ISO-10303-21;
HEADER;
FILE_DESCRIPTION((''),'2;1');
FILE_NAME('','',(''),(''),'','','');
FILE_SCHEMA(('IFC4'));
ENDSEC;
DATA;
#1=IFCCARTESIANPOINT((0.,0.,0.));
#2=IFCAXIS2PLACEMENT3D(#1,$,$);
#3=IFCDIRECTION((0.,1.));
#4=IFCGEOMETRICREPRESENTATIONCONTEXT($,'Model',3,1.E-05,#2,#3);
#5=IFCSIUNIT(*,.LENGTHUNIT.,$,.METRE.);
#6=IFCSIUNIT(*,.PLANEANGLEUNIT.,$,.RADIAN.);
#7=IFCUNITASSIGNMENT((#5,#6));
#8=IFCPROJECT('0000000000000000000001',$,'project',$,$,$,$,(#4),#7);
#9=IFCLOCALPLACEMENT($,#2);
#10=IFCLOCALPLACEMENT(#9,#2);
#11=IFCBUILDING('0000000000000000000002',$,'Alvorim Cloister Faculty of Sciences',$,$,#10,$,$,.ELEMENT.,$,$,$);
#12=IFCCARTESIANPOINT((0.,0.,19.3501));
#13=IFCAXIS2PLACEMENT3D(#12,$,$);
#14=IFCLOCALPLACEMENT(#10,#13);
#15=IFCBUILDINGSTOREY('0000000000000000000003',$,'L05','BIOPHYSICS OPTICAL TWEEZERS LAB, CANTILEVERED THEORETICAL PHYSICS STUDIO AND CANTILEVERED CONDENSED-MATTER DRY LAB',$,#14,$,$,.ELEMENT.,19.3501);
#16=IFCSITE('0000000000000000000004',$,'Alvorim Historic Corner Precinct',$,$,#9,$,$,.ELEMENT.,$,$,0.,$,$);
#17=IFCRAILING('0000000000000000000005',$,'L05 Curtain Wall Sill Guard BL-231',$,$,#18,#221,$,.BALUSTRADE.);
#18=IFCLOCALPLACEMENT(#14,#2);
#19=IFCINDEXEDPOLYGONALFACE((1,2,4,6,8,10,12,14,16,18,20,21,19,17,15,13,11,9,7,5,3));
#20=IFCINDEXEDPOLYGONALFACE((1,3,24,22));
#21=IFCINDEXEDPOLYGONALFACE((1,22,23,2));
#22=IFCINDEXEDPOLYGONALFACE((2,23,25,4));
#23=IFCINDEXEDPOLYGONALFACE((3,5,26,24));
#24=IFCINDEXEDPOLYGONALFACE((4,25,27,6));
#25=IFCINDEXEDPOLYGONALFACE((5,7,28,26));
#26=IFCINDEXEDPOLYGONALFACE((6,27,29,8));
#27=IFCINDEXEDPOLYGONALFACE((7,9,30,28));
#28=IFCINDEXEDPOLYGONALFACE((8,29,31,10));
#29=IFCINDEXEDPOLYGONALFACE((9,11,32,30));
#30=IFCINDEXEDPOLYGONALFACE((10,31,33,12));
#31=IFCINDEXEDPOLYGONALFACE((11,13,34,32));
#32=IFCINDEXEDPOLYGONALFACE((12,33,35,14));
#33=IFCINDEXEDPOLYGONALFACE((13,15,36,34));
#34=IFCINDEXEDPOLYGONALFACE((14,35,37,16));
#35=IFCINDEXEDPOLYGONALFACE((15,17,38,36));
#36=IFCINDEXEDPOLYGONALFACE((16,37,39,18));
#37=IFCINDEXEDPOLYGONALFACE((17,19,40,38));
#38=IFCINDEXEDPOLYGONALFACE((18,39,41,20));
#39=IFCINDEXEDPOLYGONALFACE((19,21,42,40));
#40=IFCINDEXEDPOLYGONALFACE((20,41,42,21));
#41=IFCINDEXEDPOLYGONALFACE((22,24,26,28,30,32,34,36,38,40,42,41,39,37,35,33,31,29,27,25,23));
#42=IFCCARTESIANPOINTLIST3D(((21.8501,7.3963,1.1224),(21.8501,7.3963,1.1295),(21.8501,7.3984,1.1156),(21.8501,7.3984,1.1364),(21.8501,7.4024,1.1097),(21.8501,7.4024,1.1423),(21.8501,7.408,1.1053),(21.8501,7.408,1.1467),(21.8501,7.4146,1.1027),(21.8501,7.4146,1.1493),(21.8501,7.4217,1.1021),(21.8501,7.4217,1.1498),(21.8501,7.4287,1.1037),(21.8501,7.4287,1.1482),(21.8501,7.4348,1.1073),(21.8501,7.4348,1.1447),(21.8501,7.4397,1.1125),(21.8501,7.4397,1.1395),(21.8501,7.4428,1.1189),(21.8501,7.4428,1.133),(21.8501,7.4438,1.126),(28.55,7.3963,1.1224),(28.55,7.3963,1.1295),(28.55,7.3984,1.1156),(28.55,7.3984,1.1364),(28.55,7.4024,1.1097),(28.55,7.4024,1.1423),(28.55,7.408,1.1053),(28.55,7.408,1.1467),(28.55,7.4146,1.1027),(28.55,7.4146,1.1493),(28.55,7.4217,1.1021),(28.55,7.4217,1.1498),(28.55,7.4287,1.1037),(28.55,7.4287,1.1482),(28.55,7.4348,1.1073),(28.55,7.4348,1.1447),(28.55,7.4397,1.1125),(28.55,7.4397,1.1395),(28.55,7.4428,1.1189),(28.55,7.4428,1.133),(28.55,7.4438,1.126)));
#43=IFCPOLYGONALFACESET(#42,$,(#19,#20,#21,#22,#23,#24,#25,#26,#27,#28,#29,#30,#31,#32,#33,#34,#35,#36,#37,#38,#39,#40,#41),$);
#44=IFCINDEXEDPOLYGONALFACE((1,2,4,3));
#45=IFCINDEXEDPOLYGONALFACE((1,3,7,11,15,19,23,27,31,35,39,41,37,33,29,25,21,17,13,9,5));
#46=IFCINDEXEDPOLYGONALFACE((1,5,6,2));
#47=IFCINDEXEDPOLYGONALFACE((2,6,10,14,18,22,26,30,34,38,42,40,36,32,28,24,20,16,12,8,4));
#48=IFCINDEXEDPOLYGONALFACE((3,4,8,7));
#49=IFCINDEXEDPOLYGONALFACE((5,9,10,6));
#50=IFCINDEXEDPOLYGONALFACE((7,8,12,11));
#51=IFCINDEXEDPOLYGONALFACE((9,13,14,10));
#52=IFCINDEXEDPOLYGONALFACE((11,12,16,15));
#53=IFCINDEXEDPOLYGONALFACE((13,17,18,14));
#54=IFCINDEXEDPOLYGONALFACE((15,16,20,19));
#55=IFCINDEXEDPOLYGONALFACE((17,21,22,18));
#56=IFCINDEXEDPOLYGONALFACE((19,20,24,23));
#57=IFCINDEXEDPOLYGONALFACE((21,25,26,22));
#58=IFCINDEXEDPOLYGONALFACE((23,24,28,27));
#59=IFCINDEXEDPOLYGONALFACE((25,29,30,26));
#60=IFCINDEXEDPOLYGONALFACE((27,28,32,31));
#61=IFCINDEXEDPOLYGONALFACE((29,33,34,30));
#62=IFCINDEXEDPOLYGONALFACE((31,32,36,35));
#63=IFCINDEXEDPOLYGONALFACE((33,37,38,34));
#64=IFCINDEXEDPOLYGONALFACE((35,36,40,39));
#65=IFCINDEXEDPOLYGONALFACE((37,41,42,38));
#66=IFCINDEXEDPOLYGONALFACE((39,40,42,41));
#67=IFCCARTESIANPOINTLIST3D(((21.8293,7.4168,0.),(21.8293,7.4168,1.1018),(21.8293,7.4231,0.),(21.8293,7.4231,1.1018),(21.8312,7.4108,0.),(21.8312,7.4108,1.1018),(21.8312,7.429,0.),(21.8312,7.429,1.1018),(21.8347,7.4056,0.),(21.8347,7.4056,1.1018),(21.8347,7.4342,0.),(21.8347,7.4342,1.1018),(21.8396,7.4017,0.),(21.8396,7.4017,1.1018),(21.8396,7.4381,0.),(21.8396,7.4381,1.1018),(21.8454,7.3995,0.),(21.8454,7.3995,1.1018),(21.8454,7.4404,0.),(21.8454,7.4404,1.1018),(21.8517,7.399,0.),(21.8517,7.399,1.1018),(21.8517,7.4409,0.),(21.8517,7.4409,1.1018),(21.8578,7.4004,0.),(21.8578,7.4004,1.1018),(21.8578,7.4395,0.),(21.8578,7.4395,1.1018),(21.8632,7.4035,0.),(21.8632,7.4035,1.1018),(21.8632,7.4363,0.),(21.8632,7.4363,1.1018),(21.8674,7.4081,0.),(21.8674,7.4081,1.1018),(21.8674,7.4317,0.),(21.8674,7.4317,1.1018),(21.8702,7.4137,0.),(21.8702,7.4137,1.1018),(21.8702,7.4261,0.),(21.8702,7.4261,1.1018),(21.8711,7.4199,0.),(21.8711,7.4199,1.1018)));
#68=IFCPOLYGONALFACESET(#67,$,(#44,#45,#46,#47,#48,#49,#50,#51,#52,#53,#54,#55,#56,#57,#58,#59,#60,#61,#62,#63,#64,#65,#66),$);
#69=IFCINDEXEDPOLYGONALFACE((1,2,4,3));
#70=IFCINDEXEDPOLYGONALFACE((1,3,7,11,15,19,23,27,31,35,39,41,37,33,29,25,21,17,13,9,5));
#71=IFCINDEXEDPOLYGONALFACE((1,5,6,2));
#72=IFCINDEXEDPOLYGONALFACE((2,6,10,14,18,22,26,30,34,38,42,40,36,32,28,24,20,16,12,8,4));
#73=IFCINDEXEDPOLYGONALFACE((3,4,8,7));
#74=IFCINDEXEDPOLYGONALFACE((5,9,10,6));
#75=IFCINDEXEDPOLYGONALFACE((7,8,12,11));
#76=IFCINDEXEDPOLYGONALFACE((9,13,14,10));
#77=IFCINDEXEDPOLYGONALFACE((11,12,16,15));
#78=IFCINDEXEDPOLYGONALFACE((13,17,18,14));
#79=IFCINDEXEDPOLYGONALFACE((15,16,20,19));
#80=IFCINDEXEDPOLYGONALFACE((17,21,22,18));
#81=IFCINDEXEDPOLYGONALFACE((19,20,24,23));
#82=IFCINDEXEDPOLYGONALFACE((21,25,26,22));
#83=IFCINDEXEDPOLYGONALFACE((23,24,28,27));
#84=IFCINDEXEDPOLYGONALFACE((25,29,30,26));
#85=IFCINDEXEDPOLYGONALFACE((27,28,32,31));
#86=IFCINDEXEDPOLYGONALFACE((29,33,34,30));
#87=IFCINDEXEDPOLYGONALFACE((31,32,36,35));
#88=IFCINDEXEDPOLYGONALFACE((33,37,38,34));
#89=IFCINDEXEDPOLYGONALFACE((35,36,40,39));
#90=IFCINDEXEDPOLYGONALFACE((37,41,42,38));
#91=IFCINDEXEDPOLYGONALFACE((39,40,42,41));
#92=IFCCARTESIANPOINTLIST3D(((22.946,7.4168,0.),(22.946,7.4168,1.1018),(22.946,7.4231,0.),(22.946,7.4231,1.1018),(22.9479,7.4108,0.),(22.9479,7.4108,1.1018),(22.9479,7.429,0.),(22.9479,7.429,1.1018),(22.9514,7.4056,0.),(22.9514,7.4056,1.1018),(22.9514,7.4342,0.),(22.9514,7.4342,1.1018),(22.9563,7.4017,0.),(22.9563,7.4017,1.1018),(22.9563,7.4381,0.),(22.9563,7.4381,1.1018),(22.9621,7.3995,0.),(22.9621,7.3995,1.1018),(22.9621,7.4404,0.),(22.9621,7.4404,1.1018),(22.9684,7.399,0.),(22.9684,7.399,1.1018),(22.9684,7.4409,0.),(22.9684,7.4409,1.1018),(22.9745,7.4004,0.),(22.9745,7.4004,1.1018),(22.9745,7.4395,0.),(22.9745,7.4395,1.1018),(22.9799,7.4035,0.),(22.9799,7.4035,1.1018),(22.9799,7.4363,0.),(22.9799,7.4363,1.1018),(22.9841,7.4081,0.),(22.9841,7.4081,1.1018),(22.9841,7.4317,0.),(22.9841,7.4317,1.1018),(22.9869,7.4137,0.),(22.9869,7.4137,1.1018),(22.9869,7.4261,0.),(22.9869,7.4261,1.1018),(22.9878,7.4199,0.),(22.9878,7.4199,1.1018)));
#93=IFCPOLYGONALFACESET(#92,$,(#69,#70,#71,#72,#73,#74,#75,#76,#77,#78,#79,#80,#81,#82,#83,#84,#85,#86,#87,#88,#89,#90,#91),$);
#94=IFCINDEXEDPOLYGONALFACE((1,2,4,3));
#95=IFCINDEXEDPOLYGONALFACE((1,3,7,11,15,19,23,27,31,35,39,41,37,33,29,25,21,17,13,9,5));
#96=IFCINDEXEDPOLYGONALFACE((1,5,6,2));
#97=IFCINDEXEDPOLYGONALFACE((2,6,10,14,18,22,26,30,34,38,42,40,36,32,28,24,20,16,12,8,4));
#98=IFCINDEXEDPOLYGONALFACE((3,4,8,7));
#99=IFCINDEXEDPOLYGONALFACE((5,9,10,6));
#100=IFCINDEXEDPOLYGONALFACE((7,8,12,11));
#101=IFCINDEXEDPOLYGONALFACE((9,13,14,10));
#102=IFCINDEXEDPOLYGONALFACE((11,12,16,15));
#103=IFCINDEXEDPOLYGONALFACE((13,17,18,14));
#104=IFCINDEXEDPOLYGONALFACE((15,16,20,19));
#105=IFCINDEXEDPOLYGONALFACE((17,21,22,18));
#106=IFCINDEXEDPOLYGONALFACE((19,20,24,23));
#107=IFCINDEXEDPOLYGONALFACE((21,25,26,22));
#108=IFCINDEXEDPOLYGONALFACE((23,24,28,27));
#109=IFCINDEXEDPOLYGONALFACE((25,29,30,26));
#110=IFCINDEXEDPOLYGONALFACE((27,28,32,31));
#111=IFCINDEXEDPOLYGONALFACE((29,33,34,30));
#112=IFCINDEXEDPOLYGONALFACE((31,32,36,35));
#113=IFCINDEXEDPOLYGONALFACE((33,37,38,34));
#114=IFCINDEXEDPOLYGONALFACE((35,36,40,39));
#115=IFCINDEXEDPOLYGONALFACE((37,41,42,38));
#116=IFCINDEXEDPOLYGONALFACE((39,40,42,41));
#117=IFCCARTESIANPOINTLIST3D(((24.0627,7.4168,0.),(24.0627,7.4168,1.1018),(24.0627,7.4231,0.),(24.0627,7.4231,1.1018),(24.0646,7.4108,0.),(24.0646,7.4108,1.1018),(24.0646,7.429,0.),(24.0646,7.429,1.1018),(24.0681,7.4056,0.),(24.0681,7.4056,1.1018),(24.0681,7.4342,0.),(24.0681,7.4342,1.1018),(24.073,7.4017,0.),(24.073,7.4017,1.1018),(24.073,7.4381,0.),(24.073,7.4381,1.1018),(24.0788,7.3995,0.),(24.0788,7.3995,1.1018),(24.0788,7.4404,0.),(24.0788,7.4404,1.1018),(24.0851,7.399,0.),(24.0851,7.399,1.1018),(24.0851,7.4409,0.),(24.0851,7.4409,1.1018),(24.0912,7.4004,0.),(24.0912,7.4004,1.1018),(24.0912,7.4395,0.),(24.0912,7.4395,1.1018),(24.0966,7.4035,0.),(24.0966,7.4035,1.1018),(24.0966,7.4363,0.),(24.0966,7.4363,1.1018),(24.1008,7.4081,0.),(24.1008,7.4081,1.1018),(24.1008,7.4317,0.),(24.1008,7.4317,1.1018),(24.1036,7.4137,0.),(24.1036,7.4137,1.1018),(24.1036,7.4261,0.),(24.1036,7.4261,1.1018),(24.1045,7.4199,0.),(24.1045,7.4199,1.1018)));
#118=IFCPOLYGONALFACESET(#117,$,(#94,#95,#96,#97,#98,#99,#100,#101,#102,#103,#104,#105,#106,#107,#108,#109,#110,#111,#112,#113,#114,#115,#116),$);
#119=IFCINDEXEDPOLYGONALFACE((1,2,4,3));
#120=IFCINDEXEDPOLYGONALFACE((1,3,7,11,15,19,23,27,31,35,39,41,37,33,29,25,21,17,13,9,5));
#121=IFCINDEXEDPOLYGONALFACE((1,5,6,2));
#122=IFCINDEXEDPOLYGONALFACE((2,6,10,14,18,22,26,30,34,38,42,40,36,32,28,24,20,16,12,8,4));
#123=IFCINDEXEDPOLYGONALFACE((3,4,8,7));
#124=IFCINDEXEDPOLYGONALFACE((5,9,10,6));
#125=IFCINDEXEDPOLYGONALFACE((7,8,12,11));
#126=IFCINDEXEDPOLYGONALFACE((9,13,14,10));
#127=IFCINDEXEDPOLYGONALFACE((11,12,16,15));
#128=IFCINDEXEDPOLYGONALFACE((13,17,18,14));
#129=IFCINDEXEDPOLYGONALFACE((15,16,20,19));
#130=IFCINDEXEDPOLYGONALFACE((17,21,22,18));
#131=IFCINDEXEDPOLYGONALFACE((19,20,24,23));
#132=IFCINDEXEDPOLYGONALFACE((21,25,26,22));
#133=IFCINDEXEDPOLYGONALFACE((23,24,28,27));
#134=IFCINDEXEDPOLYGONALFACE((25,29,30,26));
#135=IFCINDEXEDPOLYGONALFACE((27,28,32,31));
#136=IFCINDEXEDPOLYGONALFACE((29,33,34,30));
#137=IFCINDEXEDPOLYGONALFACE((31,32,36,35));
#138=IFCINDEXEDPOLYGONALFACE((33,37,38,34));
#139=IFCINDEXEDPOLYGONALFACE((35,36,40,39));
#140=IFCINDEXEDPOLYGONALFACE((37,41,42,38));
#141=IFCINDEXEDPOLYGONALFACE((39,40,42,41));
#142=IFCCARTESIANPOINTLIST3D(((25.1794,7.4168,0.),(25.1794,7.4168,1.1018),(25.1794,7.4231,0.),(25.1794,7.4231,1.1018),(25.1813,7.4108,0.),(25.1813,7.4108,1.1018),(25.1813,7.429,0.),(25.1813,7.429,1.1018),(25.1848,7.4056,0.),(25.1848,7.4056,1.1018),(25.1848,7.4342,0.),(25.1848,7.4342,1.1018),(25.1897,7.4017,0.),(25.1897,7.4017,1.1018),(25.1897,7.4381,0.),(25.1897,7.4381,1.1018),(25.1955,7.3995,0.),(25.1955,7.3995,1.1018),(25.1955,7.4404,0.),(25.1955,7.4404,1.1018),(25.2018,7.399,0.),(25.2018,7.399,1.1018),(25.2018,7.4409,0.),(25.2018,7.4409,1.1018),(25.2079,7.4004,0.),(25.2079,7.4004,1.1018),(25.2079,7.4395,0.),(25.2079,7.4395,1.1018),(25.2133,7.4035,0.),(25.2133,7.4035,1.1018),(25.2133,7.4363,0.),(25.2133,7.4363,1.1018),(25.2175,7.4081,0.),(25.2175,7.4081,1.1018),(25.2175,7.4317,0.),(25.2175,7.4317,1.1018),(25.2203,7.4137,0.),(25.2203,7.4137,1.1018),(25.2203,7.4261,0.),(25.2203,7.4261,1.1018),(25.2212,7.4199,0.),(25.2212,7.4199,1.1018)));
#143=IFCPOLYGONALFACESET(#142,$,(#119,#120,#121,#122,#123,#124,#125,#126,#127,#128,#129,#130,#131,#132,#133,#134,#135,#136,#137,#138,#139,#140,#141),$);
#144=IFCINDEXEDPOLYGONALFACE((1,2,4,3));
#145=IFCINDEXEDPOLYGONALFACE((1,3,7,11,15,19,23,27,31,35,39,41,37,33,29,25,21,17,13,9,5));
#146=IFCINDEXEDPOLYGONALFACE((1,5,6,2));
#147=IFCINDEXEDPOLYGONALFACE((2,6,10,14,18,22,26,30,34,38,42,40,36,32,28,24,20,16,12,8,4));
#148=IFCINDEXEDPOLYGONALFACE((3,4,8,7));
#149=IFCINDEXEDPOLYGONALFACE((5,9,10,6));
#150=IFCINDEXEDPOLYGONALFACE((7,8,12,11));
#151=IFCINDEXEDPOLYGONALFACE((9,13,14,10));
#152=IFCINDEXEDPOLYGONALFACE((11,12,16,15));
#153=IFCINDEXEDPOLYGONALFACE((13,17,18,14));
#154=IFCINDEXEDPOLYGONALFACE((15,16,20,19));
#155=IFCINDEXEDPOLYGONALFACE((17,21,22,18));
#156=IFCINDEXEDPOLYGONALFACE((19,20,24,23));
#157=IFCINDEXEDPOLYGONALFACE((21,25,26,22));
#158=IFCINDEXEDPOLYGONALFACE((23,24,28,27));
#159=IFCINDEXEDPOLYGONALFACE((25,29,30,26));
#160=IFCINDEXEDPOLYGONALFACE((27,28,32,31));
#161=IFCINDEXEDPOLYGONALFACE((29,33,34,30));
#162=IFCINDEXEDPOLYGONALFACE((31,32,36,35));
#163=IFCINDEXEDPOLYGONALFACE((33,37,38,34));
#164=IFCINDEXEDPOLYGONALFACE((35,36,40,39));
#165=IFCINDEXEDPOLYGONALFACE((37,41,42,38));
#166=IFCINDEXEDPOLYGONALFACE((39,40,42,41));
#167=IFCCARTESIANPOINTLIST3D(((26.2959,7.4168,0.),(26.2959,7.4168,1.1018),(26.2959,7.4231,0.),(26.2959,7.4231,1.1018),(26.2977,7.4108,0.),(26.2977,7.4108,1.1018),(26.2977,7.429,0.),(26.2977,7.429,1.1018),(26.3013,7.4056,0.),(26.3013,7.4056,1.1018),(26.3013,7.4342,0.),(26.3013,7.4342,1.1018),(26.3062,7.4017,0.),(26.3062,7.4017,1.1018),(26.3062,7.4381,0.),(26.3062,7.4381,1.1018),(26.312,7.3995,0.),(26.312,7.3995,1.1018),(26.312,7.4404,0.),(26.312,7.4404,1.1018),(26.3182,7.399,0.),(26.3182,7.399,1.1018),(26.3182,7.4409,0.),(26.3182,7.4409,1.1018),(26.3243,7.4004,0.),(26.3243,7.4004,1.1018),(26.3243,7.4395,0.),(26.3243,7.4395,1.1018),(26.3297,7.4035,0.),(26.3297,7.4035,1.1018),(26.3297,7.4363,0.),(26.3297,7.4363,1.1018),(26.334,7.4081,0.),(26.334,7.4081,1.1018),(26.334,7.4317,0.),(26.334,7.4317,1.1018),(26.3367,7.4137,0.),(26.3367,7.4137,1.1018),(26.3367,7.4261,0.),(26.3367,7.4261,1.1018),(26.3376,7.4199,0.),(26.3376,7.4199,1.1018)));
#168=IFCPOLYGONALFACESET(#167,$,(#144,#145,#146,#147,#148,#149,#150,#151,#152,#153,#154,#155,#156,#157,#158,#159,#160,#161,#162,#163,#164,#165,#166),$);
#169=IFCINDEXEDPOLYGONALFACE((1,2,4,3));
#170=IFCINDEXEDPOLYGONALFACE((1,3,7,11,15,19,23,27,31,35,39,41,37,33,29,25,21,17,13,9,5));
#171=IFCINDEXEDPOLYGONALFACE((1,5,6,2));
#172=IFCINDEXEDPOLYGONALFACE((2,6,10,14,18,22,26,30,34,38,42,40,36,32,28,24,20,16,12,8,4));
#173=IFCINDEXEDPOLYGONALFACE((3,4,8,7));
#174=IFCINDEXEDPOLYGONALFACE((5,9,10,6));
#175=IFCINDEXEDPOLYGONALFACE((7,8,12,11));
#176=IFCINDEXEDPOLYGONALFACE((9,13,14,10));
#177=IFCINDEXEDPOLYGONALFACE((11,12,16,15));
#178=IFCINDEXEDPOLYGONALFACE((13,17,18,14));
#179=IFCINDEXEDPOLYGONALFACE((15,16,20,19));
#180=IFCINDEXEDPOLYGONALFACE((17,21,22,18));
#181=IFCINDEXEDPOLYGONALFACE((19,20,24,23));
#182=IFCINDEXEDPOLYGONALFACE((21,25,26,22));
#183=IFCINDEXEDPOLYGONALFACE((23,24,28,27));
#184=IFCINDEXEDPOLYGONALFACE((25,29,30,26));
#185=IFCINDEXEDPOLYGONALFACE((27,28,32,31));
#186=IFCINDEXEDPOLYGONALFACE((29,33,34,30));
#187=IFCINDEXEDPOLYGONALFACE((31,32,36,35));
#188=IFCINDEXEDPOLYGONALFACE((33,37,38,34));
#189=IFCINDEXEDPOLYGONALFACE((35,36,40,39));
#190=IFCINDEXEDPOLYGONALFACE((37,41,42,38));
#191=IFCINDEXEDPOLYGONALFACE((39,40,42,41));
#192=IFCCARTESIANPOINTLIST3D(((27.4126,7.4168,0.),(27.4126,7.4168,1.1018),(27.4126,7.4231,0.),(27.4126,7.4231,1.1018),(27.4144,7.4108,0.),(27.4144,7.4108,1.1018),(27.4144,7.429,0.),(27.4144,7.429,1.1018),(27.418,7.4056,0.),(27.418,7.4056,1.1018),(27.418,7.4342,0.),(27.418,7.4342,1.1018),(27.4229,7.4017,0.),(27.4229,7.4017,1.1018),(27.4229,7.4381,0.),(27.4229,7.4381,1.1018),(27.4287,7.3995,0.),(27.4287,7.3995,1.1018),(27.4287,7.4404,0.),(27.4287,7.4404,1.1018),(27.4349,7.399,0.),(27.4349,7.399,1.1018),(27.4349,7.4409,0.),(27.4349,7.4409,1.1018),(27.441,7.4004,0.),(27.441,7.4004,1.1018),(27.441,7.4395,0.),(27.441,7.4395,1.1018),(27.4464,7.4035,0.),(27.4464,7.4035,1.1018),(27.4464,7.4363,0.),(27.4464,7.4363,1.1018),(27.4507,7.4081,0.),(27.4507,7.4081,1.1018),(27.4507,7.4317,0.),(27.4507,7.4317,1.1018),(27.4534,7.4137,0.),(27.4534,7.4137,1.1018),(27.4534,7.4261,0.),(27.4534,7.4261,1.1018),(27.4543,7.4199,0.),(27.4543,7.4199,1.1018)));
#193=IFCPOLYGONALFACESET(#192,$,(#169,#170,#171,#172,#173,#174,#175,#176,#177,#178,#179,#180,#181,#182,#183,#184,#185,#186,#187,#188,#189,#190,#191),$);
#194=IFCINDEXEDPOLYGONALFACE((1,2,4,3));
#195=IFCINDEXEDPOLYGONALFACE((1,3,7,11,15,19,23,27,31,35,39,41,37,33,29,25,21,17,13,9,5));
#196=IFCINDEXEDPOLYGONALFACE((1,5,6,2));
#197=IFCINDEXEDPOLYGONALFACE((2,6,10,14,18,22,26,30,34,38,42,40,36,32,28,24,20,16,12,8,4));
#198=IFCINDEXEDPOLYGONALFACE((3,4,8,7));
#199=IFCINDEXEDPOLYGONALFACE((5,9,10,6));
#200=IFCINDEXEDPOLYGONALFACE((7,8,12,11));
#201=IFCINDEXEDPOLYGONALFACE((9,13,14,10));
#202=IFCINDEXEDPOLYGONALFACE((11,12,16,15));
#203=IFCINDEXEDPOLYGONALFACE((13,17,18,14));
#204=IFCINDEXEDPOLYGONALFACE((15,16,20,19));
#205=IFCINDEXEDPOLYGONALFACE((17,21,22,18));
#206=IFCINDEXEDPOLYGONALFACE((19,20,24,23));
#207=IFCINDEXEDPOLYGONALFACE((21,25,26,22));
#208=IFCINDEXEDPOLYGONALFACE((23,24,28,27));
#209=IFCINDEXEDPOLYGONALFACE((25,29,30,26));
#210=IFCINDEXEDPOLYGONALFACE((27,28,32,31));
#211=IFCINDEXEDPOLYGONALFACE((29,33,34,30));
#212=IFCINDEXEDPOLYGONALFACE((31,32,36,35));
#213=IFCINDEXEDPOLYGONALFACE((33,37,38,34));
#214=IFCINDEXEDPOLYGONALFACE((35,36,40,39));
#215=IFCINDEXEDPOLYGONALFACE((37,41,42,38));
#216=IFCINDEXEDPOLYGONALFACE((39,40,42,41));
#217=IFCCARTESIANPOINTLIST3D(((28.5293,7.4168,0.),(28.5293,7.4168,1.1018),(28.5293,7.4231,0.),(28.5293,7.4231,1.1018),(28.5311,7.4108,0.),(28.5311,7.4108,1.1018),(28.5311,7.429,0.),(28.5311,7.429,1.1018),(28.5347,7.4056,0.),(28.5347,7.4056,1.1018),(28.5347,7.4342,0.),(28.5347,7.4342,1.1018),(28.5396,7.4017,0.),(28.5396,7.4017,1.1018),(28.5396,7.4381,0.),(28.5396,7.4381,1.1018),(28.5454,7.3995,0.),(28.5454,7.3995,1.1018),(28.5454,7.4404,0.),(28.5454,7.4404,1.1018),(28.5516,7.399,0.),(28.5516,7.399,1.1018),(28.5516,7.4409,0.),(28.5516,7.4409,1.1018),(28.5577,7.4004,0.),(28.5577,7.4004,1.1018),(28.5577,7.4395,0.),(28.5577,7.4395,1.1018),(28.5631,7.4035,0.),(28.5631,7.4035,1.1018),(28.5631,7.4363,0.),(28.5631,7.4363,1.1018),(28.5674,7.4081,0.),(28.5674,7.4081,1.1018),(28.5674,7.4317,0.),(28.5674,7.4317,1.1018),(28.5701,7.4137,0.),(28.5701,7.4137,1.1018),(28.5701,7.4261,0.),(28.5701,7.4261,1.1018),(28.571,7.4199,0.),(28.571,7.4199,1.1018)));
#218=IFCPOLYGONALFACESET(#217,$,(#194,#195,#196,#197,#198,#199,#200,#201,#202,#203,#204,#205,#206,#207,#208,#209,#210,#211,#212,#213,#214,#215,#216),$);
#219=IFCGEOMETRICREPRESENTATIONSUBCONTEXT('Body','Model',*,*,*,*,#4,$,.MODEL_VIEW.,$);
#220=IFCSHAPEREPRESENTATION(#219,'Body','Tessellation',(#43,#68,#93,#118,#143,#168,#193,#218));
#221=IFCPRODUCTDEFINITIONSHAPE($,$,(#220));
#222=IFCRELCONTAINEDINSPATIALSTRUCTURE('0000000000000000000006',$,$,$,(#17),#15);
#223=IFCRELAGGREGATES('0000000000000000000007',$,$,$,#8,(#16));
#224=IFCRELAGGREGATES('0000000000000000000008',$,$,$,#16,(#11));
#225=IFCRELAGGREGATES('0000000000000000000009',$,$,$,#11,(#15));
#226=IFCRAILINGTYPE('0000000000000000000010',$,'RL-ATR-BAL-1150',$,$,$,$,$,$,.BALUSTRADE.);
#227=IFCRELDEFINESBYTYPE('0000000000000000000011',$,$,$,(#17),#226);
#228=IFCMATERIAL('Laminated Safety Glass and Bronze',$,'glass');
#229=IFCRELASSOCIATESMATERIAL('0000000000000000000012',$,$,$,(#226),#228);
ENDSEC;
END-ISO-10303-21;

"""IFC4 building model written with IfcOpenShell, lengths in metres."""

from ifc_helpers import new_model, si_unit, direction, frame, origin, origin_2d, place, context, subcontext, project, spatial, circle, extrude, material, type_object, element, save


model = new_model("IFC4")

# Units and contexts
model_context = context("Model", 3, precision=1e-05, world=origin(), true_north=direction((0.0, 1.0)))
body_context = subcontext(model_context, "Body", "Model", "MODEL_VIEW")
ifc_project = project(units=[si_unit("LENGTHUNIT", "METRE"), si_unit("PLANEANGLEUNIT", "RADIAN")], contexts=[model_context])

# Site, building, storey
site_placement = place(None, origin())
site = spatial("IfcSite", under=ifc_project, at=site_placement, Name="Alvorim Historic Corner Precinct", CompositionType="ELEMENT", RefElevation=0.0)
building_placement = place(site_placement, origin())
building = spatial("IfcBuilding", under=site, at=building_placement, Name="Alvorim Cloister Faculty of Sciences", CompositionType="ELEMENT")
storey_placement = place(building_placement, frame((0.0, 0.0, 19.3501)))
storey = spatial("IfcBuildingStorey", under=building, at=storey_placement, Name="L05", Description="BIOPHYSICS OPTICAL TWEEZERS LAB, CANTILEVERED THEORETICAL PHYSICS STUDIO AND CANTILEVERED CONDENSED-MATTER DRY LAB", CompositionType="ELEMENT", Elevation=19.3501)

# Railing
ifc_material_1 = material(Name="Laminated Safety Glass and Bronze", Category="glass")
railing_type = type_object("IfcRailingType", Name="RL-ATR-BAL-1150", PredefinedType="BALUSTRADE", material=ifc_material_1)
railing_placement = place(storey_placement, frame((21.8501, 7.4199, 0.0)))
element("IfcRailing", 1, at=railing_placement, inside=storey, type_object=railing_type, Name="L05 Curtain Wall Sill Guard BL-231", PredefinedType="BALUSTRADE", context=body_context, shape_type="SweptSolid", body=[
    extrude(circle(Radius=0.0239, at=origin_2d()), frame((0.0, 0.0, 1.126), z_axis=(1.0, 0.0, 0.0), x_axis=(0.0, 1.0, 0.0)), (0.0, 0.0, 1.0), 6.7),
    extrude(circle(Radius=0.021, at=origin_2d()), origin(), (0.0, 0.0, 1.0), 1.1018),
    extrude(circle(Radius=0.021, at=origin_2d()), frame((1.1167, 0.0, 0.0)), (0.0, 0.0, 1.0), 1.1018),
    extrude(circle(Radius=0.021, at=origin_2d()), frame((2.2334, 0.0, 0.0)), (0.0, 0.0, 1.0), 1.1018),
    extrude(circle(Radius=0.021, at=origin_2d()), frame((3.3501, 0.0, 0.0)), (0.0, 0.0, 1.0), 1.1018),
    extrude(circle(Radius=0.021, at=origin_2d()), frame((4.4666, 0.0, 0.0)), (0.0, 0.0, 1.0), 1.1018),
    extrude(circle(Radius=0.021, at=origin_2d()), frame((5.5833, 0.0, 0.0)), (0.0, 0.0, 1.0), 1.1018),
    extrude(circle(Radius=0.021, at=origin_2d()), frame((6.7, 0.0, 0.0)), (0.0, 0.0, 1.0), 1.1018),
])

save(model, "model.ifc")
